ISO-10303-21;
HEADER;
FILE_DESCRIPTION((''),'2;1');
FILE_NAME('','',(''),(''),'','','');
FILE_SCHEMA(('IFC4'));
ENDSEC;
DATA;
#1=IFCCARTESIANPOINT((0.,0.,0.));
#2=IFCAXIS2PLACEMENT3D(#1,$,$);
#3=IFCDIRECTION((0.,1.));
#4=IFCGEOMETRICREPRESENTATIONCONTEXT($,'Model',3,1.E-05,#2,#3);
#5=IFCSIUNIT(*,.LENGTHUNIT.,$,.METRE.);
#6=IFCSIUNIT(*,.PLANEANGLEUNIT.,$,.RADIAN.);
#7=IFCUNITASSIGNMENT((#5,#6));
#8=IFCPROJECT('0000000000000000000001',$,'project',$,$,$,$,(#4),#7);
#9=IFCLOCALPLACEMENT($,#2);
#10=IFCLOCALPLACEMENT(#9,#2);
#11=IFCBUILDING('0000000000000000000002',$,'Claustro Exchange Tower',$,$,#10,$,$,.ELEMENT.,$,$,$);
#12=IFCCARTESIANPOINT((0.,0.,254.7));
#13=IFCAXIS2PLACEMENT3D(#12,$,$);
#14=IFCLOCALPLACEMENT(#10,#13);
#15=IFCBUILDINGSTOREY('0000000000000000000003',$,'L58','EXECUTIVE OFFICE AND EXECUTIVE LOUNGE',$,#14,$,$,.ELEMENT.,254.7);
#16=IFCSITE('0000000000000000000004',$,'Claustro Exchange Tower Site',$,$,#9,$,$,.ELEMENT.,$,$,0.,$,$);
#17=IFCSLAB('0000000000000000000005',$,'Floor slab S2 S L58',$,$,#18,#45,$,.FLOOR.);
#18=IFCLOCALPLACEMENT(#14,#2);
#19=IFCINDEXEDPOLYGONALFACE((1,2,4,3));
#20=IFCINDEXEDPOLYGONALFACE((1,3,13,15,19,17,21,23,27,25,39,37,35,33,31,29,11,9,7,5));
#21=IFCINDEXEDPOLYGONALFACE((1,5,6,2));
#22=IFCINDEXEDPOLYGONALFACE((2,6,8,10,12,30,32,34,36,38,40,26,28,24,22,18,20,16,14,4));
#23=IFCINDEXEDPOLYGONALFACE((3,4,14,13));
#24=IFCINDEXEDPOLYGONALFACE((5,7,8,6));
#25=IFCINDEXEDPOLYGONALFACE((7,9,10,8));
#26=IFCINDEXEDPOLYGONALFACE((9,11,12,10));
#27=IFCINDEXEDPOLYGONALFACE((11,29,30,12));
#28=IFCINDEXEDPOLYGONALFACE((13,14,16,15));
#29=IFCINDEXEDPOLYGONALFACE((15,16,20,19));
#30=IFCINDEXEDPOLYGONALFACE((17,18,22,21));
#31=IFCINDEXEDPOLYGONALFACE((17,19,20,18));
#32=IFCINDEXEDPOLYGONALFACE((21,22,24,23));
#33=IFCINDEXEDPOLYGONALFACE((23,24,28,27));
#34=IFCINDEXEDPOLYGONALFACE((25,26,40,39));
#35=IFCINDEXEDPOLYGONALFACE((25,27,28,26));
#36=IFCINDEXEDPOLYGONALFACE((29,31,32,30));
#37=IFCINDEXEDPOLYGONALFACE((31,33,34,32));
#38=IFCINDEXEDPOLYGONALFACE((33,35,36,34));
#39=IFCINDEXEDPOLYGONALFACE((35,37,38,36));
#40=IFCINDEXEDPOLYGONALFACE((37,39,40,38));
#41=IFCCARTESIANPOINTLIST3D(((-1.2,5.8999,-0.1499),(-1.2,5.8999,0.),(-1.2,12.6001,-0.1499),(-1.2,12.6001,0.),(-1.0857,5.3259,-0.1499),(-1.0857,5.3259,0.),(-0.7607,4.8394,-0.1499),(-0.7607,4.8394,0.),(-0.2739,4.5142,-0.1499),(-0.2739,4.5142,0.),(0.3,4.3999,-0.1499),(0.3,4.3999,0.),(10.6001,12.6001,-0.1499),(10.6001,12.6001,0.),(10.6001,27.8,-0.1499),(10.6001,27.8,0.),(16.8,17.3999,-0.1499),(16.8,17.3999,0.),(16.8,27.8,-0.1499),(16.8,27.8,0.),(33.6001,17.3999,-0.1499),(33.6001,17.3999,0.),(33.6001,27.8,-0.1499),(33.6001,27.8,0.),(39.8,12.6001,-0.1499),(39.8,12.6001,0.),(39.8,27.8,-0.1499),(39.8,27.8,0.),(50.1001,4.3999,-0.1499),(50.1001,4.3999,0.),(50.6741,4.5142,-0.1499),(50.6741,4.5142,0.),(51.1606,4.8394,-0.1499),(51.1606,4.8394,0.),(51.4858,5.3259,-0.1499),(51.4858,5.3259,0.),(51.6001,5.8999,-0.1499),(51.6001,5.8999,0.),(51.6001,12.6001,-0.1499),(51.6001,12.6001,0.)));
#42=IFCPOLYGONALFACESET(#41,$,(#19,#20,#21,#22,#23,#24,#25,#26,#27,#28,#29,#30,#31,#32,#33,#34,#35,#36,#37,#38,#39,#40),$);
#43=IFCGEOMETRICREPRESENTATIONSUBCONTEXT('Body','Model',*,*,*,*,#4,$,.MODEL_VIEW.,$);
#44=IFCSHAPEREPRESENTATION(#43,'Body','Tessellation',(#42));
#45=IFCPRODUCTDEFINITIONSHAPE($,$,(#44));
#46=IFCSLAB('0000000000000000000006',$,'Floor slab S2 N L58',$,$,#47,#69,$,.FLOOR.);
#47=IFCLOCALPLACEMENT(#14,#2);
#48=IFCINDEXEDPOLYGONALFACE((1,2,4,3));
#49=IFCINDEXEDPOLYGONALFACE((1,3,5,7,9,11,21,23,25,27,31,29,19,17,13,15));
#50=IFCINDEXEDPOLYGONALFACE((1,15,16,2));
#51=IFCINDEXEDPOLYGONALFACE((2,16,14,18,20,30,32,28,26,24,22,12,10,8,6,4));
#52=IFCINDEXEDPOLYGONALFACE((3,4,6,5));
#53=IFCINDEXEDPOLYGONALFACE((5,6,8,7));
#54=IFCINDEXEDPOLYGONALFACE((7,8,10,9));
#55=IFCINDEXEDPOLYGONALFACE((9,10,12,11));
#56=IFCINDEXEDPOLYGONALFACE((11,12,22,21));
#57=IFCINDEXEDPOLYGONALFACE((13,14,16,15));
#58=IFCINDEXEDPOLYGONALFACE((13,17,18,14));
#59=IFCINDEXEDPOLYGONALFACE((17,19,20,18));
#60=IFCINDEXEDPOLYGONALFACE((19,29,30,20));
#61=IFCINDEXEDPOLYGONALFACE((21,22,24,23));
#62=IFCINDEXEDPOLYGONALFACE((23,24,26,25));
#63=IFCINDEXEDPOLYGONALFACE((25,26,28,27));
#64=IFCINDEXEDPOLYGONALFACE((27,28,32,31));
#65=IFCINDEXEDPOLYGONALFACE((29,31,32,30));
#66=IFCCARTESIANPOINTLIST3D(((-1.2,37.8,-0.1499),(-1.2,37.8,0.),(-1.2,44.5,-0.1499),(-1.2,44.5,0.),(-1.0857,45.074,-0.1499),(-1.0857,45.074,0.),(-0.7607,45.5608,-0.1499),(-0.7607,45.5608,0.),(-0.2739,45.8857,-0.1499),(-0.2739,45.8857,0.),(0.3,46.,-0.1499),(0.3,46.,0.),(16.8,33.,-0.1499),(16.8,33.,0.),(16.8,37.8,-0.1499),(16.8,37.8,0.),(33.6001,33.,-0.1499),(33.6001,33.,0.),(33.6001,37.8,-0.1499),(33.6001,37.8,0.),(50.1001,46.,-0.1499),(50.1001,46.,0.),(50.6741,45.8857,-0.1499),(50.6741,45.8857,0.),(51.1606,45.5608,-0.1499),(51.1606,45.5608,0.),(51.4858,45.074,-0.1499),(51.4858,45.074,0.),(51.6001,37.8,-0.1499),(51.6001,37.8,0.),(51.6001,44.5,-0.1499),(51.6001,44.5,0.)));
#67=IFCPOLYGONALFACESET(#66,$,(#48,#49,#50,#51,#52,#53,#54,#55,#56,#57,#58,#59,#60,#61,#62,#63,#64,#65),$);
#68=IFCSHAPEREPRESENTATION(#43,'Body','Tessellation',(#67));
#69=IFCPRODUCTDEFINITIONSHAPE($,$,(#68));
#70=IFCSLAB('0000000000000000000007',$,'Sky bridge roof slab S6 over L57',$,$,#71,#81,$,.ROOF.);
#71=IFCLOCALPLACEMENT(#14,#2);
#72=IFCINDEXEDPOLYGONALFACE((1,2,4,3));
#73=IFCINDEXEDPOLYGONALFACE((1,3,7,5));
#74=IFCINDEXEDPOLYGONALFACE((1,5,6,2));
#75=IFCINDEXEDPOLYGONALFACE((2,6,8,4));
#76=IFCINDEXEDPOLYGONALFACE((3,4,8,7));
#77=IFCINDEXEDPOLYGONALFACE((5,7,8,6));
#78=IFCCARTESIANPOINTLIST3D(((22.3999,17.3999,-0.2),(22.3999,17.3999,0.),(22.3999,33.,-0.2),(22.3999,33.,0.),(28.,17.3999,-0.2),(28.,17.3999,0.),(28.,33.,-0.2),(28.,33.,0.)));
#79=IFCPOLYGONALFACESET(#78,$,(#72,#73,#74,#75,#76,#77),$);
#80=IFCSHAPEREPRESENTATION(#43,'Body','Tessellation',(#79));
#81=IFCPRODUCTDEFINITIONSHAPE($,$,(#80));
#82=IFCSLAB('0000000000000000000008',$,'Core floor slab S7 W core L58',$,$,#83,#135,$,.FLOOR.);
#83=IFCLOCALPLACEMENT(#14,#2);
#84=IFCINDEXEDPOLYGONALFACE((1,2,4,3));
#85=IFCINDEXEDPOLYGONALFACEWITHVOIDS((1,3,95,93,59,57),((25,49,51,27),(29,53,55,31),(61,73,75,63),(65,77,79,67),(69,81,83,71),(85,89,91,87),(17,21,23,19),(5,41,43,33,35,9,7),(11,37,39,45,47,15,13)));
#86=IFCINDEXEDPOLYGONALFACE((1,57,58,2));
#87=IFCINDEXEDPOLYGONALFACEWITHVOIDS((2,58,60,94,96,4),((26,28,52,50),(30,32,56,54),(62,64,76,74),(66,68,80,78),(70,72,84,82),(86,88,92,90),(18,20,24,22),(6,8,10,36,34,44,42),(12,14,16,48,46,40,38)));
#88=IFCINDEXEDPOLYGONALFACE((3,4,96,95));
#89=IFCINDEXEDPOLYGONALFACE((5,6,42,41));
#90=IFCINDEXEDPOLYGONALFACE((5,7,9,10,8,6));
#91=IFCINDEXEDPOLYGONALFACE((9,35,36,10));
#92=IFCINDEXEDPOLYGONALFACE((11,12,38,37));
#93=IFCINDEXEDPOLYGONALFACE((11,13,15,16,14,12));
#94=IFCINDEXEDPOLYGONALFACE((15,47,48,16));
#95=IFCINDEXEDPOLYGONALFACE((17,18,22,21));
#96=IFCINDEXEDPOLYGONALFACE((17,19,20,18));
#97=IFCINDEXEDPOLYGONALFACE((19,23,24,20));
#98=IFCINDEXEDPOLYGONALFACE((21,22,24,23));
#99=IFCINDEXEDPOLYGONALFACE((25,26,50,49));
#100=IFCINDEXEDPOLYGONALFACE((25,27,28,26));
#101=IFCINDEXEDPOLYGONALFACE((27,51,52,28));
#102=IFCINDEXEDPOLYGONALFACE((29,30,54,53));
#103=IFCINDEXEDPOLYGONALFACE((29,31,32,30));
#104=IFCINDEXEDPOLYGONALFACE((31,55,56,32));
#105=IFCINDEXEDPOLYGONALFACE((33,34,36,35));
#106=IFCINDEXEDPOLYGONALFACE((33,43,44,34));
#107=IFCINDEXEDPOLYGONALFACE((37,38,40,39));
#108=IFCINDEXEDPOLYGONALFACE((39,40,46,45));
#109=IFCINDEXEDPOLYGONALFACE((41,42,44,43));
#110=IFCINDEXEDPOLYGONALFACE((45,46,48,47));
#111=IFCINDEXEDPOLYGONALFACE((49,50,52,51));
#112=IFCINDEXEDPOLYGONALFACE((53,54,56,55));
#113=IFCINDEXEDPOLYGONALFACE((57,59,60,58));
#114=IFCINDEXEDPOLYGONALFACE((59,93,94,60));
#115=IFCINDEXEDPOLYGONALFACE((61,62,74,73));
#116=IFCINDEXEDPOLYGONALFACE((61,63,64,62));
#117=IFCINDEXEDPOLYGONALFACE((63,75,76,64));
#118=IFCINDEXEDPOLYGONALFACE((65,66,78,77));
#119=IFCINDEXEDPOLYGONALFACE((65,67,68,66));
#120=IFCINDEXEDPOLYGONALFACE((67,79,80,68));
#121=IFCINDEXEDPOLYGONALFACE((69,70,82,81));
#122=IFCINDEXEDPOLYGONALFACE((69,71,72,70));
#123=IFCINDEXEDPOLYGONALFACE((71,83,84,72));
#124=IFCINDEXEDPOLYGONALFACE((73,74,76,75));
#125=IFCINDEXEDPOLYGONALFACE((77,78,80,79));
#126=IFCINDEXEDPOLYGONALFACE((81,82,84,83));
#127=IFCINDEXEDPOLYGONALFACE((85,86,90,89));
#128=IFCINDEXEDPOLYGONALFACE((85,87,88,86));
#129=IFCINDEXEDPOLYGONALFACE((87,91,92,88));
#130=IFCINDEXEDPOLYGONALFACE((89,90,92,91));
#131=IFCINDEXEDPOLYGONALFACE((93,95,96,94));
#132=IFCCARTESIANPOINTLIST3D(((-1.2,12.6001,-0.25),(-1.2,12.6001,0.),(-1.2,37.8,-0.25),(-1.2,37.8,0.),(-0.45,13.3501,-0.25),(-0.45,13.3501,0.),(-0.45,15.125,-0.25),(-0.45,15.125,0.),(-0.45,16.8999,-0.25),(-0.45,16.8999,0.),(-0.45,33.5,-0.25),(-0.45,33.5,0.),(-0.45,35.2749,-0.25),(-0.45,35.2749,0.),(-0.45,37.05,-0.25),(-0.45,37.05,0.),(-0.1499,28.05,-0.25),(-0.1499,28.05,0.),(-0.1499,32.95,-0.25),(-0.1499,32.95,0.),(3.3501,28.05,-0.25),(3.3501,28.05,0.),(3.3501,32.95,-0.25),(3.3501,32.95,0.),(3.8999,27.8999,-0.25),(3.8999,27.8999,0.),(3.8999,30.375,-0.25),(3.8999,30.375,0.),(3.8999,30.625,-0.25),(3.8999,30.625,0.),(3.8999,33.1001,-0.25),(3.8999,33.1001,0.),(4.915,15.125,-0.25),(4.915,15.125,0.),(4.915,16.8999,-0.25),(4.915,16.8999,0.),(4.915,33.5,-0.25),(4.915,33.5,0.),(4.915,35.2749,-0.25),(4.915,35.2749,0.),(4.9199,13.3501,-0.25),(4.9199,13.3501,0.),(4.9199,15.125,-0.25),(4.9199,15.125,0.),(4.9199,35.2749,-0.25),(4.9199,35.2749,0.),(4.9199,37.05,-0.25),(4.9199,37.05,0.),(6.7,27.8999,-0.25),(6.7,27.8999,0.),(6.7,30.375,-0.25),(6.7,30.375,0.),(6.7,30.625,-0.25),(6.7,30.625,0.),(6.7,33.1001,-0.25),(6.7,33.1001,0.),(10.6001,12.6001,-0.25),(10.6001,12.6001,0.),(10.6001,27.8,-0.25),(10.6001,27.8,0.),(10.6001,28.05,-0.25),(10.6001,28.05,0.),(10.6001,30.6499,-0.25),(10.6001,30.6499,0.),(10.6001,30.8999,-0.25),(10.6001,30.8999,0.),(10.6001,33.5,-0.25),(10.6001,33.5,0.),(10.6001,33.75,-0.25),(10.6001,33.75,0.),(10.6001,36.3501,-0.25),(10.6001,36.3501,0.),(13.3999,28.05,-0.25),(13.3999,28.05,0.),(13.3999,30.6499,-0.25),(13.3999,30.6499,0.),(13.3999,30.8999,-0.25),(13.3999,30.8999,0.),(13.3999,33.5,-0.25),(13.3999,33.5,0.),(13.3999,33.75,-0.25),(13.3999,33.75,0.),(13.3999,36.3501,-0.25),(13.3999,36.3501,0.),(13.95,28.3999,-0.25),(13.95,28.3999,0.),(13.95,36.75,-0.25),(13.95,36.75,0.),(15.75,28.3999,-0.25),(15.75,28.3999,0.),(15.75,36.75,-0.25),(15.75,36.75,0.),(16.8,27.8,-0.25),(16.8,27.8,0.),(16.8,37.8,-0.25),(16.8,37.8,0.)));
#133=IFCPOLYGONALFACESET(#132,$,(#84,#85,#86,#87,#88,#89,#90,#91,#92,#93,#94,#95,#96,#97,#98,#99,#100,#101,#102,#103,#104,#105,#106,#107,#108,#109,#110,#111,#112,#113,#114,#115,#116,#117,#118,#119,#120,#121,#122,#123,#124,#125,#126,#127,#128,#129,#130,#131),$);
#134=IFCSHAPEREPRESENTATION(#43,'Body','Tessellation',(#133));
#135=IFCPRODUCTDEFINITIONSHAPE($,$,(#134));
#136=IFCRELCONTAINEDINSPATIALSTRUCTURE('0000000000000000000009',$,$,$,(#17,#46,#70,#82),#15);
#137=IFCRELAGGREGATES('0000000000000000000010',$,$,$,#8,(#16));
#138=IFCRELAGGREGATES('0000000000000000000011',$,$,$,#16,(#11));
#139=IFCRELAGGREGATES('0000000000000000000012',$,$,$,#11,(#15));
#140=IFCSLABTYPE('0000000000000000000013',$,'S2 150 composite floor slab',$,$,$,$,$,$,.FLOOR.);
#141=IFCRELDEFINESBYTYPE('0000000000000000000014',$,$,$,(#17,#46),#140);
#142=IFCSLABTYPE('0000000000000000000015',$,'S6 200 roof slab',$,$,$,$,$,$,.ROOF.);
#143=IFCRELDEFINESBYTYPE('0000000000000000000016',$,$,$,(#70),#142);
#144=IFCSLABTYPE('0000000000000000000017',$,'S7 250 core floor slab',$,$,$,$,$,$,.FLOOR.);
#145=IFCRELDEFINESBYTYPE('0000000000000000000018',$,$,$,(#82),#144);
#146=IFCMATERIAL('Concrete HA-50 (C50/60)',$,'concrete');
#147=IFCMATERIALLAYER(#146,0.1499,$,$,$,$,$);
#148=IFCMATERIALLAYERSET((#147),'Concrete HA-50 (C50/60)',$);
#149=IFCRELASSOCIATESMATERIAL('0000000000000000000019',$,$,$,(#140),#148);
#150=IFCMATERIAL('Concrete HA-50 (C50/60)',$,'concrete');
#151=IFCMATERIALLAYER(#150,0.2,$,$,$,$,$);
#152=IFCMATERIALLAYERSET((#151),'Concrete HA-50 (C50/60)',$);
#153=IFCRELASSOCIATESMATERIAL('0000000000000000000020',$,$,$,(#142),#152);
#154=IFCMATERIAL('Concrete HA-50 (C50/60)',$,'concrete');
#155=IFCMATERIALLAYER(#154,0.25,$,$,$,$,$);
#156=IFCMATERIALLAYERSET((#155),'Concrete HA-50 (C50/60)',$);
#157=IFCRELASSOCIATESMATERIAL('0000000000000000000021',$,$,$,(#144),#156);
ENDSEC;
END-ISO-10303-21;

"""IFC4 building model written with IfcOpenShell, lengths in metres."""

from ifc_helpers import new_model, si_unit, direction, frame, origin, place, context, subcontext, project, spatial, polyline, outline, extrude, material, layer, layer_set, type_object, element, save


model = new_model("IFC4")

# Units and contexts
model_context = context("Model", 3, precision=1e-05, world=origin(), true_north=direction((0.0, 1.0)))
body_context = subcontext(model_context, "Body", "Model", "MODEL_VIEW")
ifc_project = project(units=[si_unit("LENGTHUNIT", "METRE"), si_unit("PLANEANGLEUNIT", "RADIAN")], contexts=[model_context])

# Site, building, storey
site_placement = place(None, origin())
site = spatial("IfcSite", under=ifc_project, at=site_placement, Name="Claustro Exchange Tower Site", CompositionType="ELEMENT", RefElevation=0.0)
building_placement = place(site_placement, origin())
building = spatial("IfcBuilding", under=site, at=building_placement, Name="Claustro Exchange Tower", CompositionType="ELEMENT")
storey_placement = place(building_placement, frame((0.0, 0.0, 254.7)))
storey = spatial("IfcBuildingStorey", under=building, at=storey_placement, Name="L58", Description="EXECUTIVE OFFICE AND EXECUTIVE LOUNGE", CompositionType="ELEMENT", Elevation=254.7)

# Slabs
ifc_material_1 = material(Name="Concrete HA-50 (C50/60)", Category="concrete")
ifc_layer_1 = layer(ifc_material_1, 0.1499)
ifc_layer_set_1 = layer_set([ifc_layer_1], Name="Concrete HA-50 (C50/60)")
slab_type_1 = type_object("IfcSlabType", Name="S2 150 composite floor slab", PredefinedType="FLOOR", material=ifc_layer_set_1)
slab_1_placement = place(storey_placement, frame((0.0, 0.0, -0.1499)))
element("IfcSlab", 1, at=slab_1_placement, inside=storey, type_object=slab_type_1, Name="Floor slab S2 S L58", PredefinedType="FLOOR", context=body_context, shape_type="SweptSolid", body=[
    extrude(outline(polyline([(-0.2739, 4.5142), (0.3, 4.3999), (50.1001, 4.3999), (50.6741, 4.5142), (51.1606, 4.8394), (51.4858, 5.3259), (51.6001, 5.8999), (51.6001, 12.6001), (39.8, 12.6001), (39.8, 27.8), (33.6001, 27.8), (33.6001, 17.3999), (16.8, 17.3999), (16.8, 27.8), (10.6001, 27.8), (10.6001, 12.6001), (-1.2, 12.6001), (-1.2, 5.8999), (-1.0857, 5.3259), (-0.7607, 4.8394), (-0.2739, 4.5142)])), origin(), (0.0, 0.0, 1.0), 0.1499),
])
slab_2_placement = place(storey_placement, frame((0.0, 0.0, -0.1499)))
element("IfcSlab", 2, at=slab_2_placement, inside=storey, type_object=slab_type_1, Name="Floor slab S2 N L58", PredefinedType="FLOOR", context=body_context, shape_type="SweptSolid", body=[
    extrude(outline(polyline([(16.8, 37.8), (16.8, 33.0), (33.6001, 33.0), (33.6001, 37.8), (51.6001, 37.8), (51.6001, 44.5), (51.4858, 45.074), (51.1606, 45.5608), (50.6741, 45.8857), (50.1001, 46.0), (0.3, 46.0), (-0.2739, 45.8857), (-0.7607, 45.5608), (-1.0857, 45.074), (-1.2, 44.5), (-1.2, 37.8), (16.8, 37.8)])), origin(), (0.0, 0.0, 1.0), 0.1499),
])
ifc_material_2 = material(Name="Concrete HA-50 (C50/60)", Category="concrete")
ifc_layer_2 = layer(ifc_material_2, 0.2)
ifc_layer_set_2 = layer_set([ifc_layer_2], Name="Concrete HA-50 (C50/60)")
slab_type_2 = type_object("IfcSlabType", Name="S6 200 roof slab", PredefinedType="ROOF", material=ifc_layer_set_2)
slab_3_placement = place(storey_placement, frame((0.0, 0.0, -0.2)))
element("IfcSlab", 3, at=slab_3_placement, inside=storey, type_object=slab_type_2, Name="Sky bridge roof slab S6 over L57", PredefinedType="ROOF", context=body_context, shape_type="SweptSolid", body=[
    extrude(outline(polyline([(28.0, 17.3999), (28.0, 33.0), (22.3999, 33.0), (22.3999, 17.3999), (28.0, 17.3999)])), origin(), (0.0, 0.0, 1.0), 0.2),
])
ifc_material_3 = material(Name="Concrete HA-50 (C50/60)", Category="concrete")
ifc_layer_3 = layer(ifc_material_3, 0.25)
ifc_layer_set_3 = layer_set([ifc_layer_3], Name="Concrete HA-50 (C50/60)")
slab_type_3 = type_object("IfcSlabType", Name="S7 250 core floor slab", PredefinedType="FLOOR", material=ifc_layer_set_3)
slab_4_placement = place(storey_placement, frame((0.0, 0.0, -0.25)))
element("IfcSlab", 4, at=slab_4_placement, inside=storey, type_object=slab_type_3, Name="Core floor slab S7 W core L58", PredefinedType="FLOOR", context=body_context, shape_type="SweptSolid", body=[
    extrude(outline(polyline([(-1.2, 37.8), (-1.2, 12.6001), (10.6001, 12.6001), (10.6001, 27.8), (16.8, 27.8), (16.8, 37.8), (-1.2, 37.8)]), holes=[polyline([(13.95, 36.75), (15.75, 36.75), (15.75, 28.3999), (13.95, 28.3999), (13.95, 36.75)]), polyline([(10.6001, 30.6499), (13.3999, 30.6499), (13.3999, 28.05), (10.6001, 28.05), (10.6001, 30.6499)]), polyline([(10.6001, 33.5), (13.3999, 33.5), (13.3999, 30.8999), (10.6001, 30.8999), (10.6001, 33.5)]), polyline([(13.3999, 36.3501), (13.3999, 33.75), (10.6001, 33.75), (10.6001, 36.3501), (13.3999, 36.3501)]), polyline([(3.8999, 30.375), (6.7, 30.375), (6.7, 27.8999), (3.8999, 27.8999), (3.8999, 30.375)]), polyline([(3.8999, 33.1001), (6.7, 33.1001), (6.7, 30.625), (3.8999, 30.625), (3.8999, 33.1001)]), polyline([(-0.45, 13.3501), (-0.45, 15.125), (-0.45, 16.8999), (4.915, 16.8999), (4.915, 15.125), (4.9199, 15.125), (4.9199, 13.3501), (-0.45, 13.3501)]), polyline([(-0.45, 37.05), (4.9199, 37.05), (4.9199, 35.2749), (4.915, 35.2749), (4.915, 33.5), (-0.45, 33.5), (-0.45, 35.2749), (-0.45, 37.05)]), polyline([(-0.1499, 32.95), (3.3501, 32.95), (3.3501, 28.05), (-0.1499, 28.05), (-0.1499, 32.95)])]), origin(), (0.0, 0.0, 1.0), 0.25),
])

save(model, "model.ifc")
